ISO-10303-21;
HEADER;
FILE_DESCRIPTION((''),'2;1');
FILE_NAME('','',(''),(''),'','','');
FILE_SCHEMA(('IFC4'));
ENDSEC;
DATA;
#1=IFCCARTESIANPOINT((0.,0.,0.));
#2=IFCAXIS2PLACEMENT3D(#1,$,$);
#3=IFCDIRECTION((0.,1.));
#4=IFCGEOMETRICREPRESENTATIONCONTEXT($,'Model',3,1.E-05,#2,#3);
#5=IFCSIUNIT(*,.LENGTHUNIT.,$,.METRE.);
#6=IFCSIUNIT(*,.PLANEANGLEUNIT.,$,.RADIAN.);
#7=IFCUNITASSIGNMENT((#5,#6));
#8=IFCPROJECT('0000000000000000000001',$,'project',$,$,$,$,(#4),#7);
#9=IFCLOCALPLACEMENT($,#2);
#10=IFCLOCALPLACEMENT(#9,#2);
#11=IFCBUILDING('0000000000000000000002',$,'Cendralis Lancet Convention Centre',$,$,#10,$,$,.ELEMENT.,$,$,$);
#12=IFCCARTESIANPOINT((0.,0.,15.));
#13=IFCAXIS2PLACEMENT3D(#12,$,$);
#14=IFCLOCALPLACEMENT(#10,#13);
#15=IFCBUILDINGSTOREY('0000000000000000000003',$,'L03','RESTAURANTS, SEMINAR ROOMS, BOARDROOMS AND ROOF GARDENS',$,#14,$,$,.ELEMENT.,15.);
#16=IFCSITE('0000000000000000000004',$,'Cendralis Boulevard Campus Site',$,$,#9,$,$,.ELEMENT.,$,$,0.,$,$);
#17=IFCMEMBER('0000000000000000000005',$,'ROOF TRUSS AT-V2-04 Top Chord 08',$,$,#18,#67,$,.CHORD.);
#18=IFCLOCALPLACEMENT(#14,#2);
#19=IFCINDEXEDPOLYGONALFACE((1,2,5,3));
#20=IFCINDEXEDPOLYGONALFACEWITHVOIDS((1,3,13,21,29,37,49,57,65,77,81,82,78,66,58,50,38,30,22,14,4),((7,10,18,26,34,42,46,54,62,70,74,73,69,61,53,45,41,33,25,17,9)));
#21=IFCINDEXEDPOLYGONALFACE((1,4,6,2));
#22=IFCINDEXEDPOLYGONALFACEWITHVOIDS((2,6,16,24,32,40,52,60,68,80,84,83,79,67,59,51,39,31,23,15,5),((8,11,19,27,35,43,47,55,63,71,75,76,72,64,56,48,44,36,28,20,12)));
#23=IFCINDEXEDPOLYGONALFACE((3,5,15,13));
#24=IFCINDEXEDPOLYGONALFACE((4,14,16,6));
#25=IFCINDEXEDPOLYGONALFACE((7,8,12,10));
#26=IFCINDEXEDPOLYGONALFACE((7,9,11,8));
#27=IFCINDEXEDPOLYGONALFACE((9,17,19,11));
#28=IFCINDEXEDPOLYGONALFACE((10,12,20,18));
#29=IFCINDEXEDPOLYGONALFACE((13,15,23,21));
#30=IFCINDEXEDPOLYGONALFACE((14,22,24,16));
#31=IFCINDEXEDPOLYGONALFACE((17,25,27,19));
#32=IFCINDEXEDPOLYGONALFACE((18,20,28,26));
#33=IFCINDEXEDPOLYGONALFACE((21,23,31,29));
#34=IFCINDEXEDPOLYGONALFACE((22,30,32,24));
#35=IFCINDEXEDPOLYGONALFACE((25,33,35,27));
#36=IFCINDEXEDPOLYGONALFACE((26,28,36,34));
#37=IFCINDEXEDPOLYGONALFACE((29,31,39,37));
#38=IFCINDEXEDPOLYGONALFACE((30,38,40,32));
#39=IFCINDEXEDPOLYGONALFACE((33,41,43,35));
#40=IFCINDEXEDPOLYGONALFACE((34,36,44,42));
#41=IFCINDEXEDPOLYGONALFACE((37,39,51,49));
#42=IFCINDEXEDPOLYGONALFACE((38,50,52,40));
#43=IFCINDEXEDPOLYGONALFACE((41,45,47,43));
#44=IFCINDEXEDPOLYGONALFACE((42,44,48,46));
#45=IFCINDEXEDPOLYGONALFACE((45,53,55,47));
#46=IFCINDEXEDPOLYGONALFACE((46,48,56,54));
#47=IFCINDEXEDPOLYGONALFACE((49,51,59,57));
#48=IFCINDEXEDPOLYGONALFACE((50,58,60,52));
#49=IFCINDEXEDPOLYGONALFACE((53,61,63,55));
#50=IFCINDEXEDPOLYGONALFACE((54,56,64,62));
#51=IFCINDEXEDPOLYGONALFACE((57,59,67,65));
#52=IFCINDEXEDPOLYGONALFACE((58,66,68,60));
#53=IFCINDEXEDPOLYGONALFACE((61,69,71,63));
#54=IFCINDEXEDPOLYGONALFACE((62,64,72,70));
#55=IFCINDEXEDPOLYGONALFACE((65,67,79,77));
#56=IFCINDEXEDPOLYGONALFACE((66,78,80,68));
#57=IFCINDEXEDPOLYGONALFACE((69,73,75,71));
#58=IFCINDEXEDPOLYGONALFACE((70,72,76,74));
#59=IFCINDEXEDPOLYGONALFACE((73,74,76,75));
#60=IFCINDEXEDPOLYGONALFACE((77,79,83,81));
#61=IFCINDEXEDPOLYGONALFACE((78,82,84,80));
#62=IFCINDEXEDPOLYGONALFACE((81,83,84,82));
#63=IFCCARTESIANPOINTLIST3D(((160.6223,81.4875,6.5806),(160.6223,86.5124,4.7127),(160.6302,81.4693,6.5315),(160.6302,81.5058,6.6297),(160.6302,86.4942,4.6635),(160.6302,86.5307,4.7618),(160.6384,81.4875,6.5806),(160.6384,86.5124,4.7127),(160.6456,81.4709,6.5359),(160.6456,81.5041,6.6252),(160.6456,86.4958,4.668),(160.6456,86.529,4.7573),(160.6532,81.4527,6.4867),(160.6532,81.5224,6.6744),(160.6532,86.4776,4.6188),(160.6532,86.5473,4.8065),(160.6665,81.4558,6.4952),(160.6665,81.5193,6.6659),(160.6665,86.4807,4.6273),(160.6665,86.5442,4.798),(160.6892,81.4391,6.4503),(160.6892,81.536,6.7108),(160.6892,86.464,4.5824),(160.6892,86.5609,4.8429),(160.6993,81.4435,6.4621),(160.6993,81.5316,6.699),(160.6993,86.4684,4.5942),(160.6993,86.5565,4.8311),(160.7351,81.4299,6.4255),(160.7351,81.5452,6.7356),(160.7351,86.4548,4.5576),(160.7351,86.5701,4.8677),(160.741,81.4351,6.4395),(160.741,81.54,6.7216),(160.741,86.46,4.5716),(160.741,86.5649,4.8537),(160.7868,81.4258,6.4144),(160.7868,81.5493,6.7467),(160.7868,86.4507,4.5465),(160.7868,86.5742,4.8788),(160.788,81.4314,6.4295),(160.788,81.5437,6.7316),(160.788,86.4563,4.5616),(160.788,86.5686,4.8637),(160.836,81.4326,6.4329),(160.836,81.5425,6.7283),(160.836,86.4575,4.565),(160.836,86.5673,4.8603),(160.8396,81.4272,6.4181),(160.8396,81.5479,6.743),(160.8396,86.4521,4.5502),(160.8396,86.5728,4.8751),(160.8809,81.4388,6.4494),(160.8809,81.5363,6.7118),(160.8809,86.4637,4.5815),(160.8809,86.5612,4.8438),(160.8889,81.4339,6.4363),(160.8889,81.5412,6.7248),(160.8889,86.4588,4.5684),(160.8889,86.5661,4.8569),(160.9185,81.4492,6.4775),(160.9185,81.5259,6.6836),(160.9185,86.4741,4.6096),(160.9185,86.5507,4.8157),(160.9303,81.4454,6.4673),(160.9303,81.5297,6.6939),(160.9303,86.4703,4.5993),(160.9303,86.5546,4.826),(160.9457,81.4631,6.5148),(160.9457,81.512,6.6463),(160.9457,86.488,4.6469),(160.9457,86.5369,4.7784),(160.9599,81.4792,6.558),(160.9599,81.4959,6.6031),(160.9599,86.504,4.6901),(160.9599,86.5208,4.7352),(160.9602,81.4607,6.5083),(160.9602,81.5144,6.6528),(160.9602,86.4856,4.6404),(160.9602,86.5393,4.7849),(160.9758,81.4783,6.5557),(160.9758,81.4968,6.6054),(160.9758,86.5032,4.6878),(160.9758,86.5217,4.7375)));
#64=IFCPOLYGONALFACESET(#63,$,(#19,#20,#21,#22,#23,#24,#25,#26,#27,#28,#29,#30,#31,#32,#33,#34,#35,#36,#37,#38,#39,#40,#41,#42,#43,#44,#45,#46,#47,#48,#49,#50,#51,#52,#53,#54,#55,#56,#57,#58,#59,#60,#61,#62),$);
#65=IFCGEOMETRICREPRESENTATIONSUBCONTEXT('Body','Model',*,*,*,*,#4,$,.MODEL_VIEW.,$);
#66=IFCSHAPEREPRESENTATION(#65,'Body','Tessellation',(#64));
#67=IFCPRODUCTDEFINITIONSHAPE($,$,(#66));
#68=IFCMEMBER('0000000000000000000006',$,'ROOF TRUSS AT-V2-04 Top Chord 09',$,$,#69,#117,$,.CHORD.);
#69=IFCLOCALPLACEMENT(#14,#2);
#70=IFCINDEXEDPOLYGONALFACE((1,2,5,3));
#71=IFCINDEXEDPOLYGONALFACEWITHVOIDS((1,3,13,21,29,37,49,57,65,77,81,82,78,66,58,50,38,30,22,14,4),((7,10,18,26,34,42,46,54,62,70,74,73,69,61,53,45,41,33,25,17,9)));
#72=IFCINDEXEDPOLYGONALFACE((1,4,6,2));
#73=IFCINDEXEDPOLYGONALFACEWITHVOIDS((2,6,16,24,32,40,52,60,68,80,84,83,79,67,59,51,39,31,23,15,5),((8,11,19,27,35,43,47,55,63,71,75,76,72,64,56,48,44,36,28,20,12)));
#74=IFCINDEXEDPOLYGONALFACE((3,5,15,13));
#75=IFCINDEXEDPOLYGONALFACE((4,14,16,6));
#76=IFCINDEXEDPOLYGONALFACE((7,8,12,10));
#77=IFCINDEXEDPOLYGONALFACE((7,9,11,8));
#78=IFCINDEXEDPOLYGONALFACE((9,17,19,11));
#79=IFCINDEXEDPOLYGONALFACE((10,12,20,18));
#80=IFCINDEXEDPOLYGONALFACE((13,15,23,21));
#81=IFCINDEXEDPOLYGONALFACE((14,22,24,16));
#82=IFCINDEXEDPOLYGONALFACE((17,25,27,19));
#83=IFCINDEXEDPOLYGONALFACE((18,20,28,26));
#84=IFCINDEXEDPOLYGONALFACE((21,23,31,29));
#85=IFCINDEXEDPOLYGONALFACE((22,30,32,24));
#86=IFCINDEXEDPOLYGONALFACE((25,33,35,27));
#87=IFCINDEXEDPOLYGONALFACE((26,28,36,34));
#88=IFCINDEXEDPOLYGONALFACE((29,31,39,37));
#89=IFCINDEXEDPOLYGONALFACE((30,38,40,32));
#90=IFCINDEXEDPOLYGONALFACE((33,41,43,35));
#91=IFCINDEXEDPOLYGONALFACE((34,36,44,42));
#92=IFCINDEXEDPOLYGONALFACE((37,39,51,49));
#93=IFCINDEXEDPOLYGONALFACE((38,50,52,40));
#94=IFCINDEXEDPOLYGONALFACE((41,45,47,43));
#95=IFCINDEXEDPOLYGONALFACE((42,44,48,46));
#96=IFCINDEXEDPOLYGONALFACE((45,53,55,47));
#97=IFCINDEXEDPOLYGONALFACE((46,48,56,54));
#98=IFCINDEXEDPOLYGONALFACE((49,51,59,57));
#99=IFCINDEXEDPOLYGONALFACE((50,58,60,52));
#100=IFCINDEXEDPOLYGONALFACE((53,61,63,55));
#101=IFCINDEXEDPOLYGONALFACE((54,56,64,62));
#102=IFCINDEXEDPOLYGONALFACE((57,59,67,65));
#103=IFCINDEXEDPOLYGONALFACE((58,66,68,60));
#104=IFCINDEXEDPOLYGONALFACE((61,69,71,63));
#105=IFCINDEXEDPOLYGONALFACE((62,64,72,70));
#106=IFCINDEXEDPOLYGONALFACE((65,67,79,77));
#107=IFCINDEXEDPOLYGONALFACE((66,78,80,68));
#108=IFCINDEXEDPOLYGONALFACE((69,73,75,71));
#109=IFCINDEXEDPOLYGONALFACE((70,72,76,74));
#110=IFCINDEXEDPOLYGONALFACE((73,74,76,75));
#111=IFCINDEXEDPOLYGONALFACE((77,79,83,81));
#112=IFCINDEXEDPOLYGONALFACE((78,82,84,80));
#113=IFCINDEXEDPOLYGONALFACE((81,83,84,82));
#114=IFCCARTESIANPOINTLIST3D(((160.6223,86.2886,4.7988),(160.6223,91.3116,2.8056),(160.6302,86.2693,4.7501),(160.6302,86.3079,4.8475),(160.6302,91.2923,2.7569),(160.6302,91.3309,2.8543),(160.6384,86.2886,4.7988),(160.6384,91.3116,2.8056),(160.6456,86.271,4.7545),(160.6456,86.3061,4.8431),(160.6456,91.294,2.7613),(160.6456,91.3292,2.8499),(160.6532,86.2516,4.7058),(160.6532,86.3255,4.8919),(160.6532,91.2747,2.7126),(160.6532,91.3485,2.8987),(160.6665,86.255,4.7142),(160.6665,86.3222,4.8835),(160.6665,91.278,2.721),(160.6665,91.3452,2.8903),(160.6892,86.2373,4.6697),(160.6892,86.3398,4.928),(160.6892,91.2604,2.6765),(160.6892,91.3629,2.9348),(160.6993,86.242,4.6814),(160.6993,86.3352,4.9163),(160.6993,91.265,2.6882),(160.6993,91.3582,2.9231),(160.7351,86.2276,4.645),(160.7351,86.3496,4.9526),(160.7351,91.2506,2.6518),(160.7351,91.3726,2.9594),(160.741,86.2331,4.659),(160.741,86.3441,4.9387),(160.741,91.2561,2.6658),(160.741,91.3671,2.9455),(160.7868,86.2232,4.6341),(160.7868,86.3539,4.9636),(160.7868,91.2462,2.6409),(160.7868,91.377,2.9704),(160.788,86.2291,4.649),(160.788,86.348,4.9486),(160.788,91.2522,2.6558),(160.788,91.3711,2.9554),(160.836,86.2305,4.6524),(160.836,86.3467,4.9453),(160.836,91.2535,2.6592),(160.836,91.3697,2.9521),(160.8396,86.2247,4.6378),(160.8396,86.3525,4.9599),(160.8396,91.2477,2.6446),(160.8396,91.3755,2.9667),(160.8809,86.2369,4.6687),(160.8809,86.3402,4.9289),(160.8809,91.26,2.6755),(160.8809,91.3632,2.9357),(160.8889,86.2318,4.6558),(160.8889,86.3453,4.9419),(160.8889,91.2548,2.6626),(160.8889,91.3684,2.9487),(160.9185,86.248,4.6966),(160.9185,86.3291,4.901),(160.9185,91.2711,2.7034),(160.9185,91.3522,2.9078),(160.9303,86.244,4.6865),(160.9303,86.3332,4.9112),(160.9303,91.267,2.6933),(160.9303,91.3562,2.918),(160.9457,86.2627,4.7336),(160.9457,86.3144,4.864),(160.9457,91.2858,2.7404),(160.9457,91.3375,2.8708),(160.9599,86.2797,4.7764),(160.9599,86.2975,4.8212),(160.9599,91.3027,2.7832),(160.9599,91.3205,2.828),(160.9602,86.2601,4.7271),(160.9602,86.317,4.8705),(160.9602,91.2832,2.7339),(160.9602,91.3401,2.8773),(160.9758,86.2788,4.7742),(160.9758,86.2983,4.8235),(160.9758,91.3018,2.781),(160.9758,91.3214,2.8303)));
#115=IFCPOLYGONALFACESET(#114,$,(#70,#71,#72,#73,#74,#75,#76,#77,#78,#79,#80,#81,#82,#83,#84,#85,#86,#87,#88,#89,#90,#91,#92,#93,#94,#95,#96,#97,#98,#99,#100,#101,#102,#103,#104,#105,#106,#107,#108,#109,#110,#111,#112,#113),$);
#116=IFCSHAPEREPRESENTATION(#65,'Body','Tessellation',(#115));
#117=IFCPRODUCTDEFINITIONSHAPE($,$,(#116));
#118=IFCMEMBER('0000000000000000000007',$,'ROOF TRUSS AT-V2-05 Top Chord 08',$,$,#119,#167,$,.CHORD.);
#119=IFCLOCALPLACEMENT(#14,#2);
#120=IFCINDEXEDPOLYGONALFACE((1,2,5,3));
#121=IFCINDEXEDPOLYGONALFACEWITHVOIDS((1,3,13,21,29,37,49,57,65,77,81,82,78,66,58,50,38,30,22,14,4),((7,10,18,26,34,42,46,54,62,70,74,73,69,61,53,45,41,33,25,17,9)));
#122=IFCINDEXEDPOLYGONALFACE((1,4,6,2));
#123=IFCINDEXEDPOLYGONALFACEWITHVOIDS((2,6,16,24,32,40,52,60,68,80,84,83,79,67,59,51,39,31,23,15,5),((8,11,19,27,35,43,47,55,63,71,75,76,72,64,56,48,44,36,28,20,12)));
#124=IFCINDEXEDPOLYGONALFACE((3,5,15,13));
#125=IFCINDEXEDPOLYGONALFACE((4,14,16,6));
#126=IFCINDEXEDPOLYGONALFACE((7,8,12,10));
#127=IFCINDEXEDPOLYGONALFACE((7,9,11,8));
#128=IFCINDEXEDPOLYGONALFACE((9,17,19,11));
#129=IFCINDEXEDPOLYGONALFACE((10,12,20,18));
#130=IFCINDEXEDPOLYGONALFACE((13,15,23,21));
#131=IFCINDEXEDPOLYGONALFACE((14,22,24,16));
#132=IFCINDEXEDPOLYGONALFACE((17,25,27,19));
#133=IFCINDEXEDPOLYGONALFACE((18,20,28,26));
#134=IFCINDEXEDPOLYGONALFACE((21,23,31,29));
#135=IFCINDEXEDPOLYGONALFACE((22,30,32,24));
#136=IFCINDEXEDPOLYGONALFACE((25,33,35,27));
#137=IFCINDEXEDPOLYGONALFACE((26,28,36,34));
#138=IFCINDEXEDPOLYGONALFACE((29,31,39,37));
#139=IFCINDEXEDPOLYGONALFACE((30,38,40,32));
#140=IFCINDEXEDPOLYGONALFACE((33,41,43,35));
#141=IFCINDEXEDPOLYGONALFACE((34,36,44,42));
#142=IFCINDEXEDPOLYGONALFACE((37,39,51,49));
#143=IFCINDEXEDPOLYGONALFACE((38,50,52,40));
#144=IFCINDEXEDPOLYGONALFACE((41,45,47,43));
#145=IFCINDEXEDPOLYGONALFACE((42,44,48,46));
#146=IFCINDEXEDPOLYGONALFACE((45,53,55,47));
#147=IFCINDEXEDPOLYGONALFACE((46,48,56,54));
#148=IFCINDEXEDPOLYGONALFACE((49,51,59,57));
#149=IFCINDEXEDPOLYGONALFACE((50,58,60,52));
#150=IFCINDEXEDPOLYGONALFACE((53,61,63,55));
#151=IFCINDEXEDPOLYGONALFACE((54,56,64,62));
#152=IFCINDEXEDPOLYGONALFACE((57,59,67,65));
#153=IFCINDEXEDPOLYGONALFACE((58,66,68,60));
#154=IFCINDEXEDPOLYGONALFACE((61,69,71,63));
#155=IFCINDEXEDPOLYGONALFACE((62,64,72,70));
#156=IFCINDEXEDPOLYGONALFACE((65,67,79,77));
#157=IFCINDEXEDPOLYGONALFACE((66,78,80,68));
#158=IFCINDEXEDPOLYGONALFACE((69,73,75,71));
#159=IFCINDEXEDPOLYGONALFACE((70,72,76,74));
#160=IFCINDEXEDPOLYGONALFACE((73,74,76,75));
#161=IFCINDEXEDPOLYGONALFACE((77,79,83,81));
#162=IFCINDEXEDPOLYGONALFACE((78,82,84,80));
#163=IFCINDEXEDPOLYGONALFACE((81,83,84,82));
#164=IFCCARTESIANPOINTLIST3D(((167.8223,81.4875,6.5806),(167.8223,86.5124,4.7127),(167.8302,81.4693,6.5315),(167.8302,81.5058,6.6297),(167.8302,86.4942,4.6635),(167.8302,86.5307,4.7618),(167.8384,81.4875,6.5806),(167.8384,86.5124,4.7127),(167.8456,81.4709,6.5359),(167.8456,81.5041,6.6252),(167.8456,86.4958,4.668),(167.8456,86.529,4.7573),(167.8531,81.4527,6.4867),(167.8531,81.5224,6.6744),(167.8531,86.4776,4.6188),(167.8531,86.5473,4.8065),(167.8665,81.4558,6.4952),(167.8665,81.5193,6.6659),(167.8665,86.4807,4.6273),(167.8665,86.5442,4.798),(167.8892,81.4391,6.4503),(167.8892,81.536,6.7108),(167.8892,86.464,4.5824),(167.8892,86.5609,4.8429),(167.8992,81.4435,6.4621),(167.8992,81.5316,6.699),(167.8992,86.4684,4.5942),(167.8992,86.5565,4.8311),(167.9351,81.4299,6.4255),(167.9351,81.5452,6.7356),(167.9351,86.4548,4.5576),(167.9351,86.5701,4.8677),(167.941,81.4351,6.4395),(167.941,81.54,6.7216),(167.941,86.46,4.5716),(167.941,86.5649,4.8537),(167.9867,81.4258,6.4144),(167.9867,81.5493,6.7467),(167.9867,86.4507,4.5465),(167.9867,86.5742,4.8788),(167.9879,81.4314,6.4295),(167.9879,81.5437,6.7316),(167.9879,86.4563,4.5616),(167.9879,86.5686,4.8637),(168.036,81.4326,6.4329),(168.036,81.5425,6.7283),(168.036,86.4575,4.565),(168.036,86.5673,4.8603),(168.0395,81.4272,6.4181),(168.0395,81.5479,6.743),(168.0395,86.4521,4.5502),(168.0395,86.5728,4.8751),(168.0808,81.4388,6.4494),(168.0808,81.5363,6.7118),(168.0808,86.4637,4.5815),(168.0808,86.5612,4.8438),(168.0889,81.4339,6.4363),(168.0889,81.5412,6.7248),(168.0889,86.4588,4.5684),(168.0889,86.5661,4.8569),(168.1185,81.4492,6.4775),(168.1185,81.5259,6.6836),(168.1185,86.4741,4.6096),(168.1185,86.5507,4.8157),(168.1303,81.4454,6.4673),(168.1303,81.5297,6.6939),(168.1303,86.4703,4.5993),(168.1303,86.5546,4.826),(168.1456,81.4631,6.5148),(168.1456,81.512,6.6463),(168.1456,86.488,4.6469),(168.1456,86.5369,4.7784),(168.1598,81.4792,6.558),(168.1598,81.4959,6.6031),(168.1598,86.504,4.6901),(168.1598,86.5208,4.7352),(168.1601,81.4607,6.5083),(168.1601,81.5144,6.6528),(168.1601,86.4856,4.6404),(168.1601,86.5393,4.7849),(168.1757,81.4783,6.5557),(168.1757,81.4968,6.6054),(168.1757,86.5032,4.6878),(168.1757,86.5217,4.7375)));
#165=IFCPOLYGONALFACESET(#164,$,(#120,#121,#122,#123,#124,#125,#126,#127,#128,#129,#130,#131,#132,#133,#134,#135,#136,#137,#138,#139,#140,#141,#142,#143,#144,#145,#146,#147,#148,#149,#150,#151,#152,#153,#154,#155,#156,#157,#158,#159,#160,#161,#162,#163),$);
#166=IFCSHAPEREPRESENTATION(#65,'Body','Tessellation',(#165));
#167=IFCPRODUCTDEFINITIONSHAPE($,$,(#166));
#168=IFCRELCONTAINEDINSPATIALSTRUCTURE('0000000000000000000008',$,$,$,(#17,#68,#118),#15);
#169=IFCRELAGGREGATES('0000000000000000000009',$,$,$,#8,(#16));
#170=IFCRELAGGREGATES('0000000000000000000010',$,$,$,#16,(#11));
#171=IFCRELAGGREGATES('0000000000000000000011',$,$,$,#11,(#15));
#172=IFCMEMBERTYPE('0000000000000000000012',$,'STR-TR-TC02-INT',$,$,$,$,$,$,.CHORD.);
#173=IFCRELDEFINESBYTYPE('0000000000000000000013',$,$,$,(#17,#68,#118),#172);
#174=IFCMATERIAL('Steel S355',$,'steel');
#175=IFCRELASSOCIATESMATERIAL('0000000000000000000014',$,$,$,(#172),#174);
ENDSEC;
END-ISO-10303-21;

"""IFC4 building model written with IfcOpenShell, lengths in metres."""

from ifc_helpers import new_model, si_unit, direction, frame, origin, origin_2d, place, context, subcontext, project, spatial, hollow_circle, extrude, material, material_profile, profile_set, type_object, element, save


model = new_model("IFC4")

# Units and contexts
model_context = context("Model", 3, precision=1e-05, world=origin(), true_north=direction((0.0, 1.0)))
body_context = subcontext(model_context, "Body", "Model", "MODEL_VIEW")
ifc_project = project(units=[si_unit("LENGTHUNIT", "METRE"), si_unit("PLANEANGLEUNIT", "RADIAN")], contexts=[model_context])

# Site, building, storey
site_placement = place(None, origin())
site = spatial("IfcSite", under=ifc_project, at=site_placement, Name="Cendralis Boulevard Campus Site", CompositionType="ELEMENT", RefElevation=0.0)
building_placement = place(site_placement, origin())
building = spatial("IfcBuilding", under=site, at=building_placement, Name="Cendralis Lancet Convention Centre", CompositionType="ELEMENT")
storey_placement = place(building_placement, frame((0.0, 0.0, 15.0)))
storey = spatial("IfcBuildingStorey", under=building, at=storey_placement, Name="L03", Description="RESTAURANTS, SEMINAR ROOMS, BOARDROOMS AND ROOF GARDENS", CompositionType="ELEMENT", Elevation=15.0)

# Shared definitions
ifc_material_1 = material(Name="Steel S355", Category="steel")

# Members
ifc_material_profile_1 = material_profile(ifc_material_1, hollow_circle(Radius=0.1777, WallThickness=0.0161, at=origin_2d()), Name="CHS 355.6x16.0")
ifc_profile_set_1 = profile_set([ifc_material_profile_1], Name="Steel S355")
member_type_1 = type_object("IfcMemberType", Name="STR-TR-TC02-INT", PredefinedType="CHORD", material=ifc_profile_set_1)
member_1_placement = place(storey_placement, frame((160.8, 81.4875, 6.5806), z_axis=(0.0, 0.937332, -0.348437), x_axis=(-1.0, 0.0, 0.0)))
element("IfcMember", 1, at=member_1_placement, inside=storey, type_object=member_type_1, Name="ROOF TRUSS AT-V2-04 Top Chord 08", PredefinedType="CHORD", context=body_context, shape_type="SweptSolid", body=[
    extrude(hollow_circle(Radius=0.1777, WallThickness=0.0161, at=origin_2d()), origin(), (0.0, 0.0, 1.0), 5.3608),
])
member_2_placement = place(storey_placement, frame((160.8, 86.2886, 4.7988), z_axis=(0.0, 0.929495, -0.368834), x_axis=(-1.0, 0.0, 0.0)))
element("IfcMember", 2, at=member_2_placement, inside=storey, type_object=member_type_1, Name="ROOF TRUSS AT-V2-04 Top Chord 09", PredefinedType="CHORD", context=body_context, shape_type="SweptSolid", body=[
    extrude(hollow_circle(Radius=0.1777, WallThickness=0.0161, at=origin_2d()), origin(), (0.0, 0.0, 1.0), 5.4041),
])
member_3_placement = place(storey_placement, frame((168.0, 81.4875, 6.5806), z_axis=(0.0, 0.937332, -0.348437), x_axis=(-1.0, 0.0, 0.0)))
element("IfcMember", 3, at=member_3_placement, inside=storey, type_object=member_type_1, Name="ROOF TRUSS AT-V2-05 Top Chord 08", PredefinedType="CHORD", context=body_context, shape_type="SweptSolid", body=[
    extrude(hollow_circle(Radius=0.1777, WallThickness=0.0161, at=origin_2d()), origin(), (0.0, 0.0, 1.0), 5.3608),
])

save(model, "model.ifc")
